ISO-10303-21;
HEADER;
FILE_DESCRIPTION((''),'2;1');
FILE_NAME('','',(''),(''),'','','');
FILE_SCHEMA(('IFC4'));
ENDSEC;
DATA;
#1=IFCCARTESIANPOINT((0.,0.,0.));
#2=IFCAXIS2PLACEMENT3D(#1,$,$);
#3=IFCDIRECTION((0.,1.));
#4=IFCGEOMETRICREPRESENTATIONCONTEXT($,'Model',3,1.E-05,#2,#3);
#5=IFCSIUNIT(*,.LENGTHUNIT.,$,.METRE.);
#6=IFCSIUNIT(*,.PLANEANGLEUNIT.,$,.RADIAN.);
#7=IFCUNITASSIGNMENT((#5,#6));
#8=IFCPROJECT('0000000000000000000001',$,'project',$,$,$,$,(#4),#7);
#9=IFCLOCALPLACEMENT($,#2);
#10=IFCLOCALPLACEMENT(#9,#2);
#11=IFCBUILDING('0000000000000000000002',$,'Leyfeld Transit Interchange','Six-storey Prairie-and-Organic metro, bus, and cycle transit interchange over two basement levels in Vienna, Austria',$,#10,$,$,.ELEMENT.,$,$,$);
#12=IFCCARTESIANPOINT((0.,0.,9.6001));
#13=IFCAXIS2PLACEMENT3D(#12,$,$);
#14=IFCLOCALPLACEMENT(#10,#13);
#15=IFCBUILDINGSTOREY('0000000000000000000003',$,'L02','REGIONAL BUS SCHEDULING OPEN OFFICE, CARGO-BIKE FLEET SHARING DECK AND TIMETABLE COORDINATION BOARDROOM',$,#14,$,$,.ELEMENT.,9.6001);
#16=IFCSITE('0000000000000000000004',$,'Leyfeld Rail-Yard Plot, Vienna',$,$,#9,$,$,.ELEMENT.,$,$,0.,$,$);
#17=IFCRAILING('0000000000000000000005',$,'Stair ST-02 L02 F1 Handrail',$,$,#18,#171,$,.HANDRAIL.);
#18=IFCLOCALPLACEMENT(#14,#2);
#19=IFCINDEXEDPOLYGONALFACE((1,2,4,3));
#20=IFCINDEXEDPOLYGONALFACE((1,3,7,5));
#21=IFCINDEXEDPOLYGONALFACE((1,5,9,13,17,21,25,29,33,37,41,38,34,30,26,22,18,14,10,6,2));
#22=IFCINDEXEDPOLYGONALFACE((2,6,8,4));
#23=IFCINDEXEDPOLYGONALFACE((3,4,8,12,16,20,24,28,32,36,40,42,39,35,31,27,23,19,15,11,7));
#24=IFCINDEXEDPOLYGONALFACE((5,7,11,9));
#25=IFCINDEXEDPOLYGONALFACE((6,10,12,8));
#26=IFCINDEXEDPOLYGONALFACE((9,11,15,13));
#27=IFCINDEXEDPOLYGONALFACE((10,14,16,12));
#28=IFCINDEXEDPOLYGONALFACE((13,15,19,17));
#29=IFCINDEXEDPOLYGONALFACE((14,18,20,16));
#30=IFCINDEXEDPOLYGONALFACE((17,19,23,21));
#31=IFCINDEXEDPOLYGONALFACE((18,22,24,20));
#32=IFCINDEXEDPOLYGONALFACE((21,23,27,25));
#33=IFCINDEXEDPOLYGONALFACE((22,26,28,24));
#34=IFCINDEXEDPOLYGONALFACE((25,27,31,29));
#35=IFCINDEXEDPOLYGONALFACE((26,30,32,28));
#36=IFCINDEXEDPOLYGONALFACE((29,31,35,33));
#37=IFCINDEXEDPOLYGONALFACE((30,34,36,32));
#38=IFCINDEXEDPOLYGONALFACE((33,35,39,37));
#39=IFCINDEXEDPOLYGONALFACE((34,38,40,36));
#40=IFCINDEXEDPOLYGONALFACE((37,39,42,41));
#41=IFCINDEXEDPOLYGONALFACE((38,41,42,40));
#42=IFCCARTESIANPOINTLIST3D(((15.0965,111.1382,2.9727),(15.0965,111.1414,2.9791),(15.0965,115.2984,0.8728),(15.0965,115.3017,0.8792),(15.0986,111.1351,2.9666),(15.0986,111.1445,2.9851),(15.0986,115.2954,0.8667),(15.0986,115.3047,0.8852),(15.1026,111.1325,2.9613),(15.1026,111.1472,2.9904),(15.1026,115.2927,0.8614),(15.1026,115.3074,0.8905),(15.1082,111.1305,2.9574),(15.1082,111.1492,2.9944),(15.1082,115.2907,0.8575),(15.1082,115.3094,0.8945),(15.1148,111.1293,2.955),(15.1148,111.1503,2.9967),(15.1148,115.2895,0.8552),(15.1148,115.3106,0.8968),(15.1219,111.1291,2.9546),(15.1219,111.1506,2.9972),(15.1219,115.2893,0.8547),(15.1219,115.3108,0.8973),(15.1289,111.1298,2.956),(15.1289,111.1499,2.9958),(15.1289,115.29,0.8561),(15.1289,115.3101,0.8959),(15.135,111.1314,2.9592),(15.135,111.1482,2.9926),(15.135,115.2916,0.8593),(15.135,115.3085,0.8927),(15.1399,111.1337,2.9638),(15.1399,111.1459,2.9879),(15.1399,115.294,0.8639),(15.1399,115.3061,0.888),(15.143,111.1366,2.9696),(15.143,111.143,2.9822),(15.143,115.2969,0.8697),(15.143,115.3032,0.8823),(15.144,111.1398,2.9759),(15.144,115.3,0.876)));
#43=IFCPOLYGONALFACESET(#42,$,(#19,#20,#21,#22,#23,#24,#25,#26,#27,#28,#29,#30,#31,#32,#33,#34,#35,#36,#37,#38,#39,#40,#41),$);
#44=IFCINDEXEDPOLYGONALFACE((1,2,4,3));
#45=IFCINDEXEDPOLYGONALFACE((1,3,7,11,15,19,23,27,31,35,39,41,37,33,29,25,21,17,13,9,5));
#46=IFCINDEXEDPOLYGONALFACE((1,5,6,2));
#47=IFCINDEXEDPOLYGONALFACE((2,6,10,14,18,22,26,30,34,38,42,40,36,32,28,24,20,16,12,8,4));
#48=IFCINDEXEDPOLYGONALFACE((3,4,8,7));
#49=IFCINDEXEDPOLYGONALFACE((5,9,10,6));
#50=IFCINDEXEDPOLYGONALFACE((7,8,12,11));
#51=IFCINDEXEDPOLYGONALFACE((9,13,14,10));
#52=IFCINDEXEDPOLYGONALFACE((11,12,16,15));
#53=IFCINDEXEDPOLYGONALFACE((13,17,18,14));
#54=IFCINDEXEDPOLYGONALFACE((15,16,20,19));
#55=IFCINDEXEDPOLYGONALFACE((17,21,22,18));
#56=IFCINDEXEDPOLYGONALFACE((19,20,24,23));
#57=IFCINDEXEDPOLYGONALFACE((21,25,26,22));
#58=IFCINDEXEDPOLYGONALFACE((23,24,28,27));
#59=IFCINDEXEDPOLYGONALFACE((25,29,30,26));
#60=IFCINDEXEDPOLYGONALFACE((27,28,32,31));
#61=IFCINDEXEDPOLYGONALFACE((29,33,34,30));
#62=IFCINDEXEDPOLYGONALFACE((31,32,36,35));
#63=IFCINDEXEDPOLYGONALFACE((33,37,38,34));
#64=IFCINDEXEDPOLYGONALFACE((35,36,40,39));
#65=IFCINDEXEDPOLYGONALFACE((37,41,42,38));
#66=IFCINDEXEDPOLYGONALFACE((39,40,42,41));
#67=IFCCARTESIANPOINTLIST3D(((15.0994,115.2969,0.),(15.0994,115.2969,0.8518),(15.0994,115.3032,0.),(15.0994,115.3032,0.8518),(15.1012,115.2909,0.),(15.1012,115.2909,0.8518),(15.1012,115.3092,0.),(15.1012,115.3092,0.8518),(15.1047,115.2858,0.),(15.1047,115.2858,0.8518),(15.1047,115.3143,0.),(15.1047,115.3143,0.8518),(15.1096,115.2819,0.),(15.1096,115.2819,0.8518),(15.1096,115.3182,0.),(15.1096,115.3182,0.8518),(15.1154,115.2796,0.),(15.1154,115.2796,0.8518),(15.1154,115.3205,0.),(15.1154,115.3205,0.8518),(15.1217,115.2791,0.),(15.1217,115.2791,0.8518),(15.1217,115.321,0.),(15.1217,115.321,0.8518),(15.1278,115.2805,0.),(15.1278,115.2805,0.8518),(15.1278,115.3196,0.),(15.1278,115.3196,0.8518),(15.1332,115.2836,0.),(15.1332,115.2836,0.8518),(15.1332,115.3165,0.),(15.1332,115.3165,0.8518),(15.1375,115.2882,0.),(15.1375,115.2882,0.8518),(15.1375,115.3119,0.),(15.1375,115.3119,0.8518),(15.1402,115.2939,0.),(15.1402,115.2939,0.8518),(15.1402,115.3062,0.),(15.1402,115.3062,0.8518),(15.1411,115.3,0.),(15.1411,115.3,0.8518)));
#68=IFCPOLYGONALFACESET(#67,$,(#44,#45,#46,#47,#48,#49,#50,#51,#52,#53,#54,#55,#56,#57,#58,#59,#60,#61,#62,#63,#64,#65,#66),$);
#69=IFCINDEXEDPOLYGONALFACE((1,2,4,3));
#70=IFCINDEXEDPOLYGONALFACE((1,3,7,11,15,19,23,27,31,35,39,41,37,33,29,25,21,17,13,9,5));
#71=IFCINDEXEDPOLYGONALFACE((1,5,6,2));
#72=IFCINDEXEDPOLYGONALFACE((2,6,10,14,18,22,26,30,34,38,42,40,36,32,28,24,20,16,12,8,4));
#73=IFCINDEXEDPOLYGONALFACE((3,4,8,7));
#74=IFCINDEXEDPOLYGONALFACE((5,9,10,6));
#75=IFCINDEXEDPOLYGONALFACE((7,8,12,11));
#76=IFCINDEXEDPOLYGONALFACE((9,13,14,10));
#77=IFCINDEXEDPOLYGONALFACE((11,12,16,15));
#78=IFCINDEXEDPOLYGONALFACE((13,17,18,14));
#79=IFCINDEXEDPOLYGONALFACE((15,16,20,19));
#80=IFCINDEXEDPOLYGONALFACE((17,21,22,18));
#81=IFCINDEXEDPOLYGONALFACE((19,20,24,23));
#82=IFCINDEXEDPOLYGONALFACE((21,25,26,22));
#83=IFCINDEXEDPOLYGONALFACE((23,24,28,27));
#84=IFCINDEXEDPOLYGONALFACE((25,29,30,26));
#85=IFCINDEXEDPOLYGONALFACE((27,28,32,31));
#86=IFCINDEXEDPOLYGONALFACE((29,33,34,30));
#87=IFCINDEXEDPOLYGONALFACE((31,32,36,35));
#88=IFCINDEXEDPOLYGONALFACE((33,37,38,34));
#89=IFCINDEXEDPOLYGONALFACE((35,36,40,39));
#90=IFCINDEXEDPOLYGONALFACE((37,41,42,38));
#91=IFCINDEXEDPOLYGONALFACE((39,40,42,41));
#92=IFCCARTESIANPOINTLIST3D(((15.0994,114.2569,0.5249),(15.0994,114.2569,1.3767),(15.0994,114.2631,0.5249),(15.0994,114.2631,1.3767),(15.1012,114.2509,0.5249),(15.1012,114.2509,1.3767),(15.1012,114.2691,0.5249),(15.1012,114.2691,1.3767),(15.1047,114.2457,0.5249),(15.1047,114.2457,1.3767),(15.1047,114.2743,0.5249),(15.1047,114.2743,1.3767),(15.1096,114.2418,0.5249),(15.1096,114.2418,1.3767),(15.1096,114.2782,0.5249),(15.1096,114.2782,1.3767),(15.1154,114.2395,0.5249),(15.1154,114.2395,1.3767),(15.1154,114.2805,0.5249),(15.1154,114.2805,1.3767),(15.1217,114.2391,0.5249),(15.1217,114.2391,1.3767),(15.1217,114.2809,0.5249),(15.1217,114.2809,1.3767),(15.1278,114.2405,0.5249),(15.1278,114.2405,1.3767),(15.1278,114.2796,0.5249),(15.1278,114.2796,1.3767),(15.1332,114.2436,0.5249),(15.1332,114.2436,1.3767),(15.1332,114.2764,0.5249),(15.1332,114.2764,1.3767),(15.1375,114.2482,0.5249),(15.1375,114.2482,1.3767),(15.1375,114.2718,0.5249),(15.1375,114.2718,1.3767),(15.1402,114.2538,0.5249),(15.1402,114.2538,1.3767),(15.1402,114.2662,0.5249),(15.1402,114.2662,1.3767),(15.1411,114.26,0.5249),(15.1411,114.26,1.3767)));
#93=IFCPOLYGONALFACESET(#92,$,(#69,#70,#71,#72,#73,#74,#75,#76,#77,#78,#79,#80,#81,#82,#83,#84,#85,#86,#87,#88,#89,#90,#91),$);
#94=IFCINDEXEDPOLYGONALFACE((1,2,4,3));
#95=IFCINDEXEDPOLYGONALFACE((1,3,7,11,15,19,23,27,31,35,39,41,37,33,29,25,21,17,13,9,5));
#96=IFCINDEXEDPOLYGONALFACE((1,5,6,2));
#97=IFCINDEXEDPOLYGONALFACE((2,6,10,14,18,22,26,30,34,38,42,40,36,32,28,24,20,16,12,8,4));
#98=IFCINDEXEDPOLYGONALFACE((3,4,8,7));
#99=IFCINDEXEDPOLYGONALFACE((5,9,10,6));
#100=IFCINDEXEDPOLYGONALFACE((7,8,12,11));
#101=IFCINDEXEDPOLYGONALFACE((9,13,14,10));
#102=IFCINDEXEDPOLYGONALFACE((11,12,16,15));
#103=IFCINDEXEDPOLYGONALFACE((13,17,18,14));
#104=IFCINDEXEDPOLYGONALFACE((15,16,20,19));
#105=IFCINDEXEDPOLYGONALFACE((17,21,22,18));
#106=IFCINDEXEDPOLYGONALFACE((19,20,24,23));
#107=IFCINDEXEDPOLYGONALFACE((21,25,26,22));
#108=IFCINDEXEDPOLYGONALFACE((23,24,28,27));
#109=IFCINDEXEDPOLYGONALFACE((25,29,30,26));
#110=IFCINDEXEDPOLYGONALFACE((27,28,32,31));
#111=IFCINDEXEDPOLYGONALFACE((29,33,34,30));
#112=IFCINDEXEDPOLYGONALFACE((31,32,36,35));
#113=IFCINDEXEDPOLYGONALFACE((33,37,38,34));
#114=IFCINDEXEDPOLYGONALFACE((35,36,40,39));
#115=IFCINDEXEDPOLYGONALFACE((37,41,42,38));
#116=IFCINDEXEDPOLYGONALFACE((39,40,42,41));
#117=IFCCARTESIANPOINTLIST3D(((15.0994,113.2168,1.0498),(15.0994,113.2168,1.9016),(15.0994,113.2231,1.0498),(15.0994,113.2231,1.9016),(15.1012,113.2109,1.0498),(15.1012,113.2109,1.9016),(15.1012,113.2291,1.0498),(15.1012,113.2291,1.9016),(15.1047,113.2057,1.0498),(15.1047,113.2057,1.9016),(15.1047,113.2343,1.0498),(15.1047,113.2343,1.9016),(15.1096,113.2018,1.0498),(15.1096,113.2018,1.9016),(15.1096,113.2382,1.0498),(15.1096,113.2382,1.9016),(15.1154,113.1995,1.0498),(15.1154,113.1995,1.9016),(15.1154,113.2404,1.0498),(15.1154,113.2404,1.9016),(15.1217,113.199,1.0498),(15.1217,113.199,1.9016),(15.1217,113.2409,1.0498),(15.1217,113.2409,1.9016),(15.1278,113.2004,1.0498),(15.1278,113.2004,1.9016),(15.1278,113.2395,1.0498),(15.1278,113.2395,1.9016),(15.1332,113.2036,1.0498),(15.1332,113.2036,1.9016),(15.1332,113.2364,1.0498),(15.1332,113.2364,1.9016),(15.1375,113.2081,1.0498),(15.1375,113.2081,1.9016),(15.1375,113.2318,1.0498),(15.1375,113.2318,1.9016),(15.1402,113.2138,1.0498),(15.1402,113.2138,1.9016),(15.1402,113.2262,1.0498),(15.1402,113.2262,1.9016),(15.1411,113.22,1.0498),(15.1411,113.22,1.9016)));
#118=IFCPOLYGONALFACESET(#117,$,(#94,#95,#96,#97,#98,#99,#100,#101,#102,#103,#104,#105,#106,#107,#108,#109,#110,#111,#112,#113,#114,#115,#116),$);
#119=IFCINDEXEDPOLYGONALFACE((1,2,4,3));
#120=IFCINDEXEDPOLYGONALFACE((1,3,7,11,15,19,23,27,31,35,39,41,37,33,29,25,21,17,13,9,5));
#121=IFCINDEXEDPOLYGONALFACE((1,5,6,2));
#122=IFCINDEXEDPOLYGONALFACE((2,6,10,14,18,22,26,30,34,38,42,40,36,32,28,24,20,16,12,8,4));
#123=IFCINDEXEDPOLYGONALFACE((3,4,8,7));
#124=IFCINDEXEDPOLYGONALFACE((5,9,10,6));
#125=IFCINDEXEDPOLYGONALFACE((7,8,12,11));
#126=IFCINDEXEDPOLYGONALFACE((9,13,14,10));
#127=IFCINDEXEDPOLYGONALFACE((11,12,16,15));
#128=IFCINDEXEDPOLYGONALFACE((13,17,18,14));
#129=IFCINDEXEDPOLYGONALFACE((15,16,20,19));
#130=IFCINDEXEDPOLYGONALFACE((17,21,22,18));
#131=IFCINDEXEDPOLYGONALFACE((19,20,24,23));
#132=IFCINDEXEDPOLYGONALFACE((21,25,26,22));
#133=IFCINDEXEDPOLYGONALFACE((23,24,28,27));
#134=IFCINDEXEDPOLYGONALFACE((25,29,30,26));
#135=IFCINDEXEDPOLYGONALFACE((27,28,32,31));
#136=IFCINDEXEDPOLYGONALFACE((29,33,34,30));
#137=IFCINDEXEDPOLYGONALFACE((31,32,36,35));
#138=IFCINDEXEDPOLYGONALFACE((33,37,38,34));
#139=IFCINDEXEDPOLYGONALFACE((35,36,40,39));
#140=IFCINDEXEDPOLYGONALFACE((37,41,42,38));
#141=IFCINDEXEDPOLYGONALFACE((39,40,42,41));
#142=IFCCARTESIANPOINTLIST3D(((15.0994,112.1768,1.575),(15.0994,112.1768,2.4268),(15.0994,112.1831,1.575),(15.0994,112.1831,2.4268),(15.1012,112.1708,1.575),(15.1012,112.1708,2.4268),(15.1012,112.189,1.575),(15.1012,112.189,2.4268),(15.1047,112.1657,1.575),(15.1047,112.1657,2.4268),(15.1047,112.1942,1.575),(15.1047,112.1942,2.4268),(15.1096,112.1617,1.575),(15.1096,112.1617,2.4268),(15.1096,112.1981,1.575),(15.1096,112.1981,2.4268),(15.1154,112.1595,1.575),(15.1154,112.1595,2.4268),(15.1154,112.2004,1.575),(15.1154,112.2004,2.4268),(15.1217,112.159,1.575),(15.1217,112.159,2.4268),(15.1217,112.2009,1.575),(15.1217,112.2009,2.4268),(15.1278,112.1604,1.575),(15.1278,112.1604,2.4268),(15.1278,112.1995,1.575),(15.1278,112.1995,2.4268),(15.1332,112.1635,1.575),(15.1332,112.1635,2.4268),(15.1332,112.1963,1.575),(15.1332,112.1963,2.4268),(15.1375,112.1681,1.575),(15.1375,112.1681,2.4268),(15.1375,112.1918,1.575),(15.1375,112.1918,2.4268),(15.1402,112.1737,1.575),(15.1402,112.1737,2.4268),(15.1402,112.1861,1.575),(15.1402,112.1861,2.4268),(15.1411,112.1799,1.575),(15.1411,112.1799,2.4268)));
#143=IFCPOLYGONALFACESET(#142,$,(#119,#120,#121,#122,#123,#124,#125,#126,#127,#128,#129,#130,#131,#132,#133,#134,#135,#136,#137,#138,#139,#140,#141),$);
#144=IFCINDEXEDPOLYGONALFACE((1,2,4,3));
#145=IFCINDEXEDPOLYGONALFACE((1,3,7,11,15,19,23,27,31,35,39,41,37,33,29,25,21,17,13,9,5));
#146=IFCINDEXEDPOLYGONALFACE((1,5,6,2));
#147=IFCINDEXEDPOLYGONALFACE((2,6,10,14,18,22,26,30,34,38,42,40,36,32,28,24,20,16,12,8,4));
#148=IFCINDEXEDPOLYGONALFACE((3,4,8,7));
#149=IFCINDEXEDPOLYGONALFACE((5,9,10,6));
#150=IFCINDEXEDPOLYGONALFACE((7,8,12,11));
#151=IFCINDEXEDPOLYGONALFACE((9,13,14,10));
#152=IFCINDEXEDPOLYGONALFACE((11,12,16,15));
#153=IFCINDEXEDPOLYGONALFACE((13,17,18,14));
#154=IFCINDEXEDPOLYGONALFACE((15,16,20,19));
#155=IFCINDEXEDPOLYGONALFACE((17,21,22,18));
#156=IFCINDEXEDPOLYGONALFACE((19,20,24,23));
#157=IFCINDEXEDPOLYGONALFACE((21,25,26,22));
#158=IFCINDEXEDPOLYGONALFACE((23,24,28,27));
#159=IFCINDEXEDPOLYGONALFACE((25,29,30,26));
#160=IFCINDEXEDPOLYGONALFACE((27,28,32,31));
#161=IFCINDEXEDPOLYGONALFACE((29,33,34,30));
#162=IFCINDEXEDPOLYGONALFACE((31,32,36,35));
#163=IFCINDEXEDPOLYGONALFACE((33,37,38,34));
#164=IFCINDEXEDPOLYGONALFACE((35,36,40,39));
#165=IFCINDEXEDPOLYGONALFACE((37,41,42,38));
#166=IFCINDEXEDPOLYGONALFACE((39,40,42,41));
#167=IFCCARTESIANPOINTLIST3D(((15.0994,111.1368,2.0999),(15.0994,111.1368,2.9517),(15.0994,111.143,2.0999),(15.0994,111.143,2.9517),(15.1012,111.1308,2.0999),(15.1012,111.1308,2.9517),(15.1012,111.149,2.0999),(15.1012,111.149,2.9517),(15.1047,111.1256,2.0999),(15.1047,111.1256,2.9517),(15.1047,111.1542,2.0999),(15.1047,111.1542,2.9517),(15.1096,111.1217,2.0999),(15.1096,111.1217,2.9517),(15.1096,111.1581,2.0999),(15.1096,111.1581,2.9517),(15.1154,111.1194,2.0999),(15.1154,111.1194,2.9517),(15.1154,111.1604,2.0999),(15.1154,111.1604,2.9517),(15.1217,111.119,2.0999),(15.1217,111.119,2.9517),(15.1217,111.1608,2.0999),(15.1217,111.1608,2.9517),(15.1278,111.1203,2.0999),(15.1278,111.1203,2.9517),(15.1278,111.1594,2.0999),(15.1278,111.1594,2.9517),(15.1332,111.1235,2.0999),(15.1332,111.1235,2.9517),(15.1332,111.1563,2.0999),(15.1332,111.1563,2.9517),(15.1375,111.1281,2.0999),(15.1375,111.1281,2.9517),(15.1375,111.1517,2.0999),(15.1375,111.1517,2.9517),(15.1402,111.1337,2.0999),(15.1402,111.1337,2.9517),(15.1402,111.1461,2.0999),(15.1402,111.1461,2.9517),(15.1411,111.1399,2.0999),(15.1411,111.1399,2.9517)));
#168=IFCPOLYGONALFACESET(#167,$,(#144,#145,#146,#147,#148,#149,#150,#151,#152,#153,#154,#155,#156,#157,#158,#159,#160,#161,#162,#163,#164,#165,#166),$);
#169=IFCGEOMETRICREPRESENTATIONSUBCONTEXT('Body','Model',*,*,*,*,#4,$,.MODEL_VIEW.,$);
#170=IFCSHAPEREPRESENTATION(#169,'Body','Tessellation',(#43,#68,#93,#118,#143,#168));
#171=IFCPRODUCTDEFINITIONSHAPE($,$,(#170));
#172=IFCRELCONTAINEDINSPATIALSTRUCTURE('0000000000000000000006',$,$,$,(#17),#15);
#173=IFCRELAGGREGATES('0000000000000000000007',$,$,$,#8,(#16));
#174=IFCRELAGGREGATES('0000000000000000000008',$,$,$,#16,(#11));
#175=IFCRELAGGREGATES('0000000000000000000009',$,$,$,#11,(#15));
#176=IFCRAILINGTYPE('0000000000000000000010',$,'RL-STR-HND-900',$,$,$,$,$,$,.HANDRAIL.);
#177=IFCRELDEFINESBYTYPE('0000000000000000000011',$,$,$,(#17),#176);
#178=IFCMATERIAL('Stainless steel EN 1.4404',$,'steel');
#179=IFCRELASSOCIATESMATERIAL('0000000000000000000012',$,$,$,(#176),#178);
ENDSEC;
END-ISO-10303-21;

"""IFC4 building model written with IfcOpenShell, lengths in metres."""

from ifc_helpers import new_model, si_unit, direction, frame, origin, origin_2d, place, context, subcontext, project, spatial, circle, extrude, material, type_object, element, save


model = new_model("IFC4")

# Units and contexts
model_context = context("Model", 3, precision=1e-05, world=origin(), true_north=direction((0.0, 1.0)))
body_context = subcontext(model_context, "Body", "Model", "MODEL_VIEW")
ifc_project = project(units=[si_unit("LENGTHUNIT", "METRE"), si_unit("PLANEANGLEUNIT", "RADIAN")], contexts=[model_context])

# Site, building, storey
site_placement = place(None, origin())
site = spatial("IfcSite", under=ifc_project, at=site_placement, Name="Leyfeld Rail-Yard Plot, Vienna", CompositionType="ELEMENT", RefElevation=0.0)
building_placement = place(site_placement, origin())
building = spatial("IfcBuilding", under=site, at=building_placement, Name="Leyfeld Transit Interchange", Description="Six-storey Prairie-and-Organic metro, bus, and cycle transit interchange over two basement levels in Vienna, Austria", CompositionType="ELEMENT")
storey_placement = place(building_placement, frame((0.0, 0.0, 9.6001)))
storey = spatial("IfcBuildingStorey", under=building, at=storey_placement, Name="L02", Description="REGIONAL BUS SCHEDULING OPEN OFFICE, CARGO-BIKE FLEET SHARING DECK AND TIMETABLE COORDINATION BOARDROOM", CompositionType="ELEMENT", Elevation=9.6001)

# Shared definitions
ifc_material_1 = material(Name="Stainless steel EN 1.4404", Category="steel")

# Railing
railing_type_1 = type_object("IfcRailingType", Name="RL-STR-HND-900", PredefinedType="HANDRAIL", material=ifc_material_1)
railing_1_placement = place(storey_placement, frame((15.1201, 115.3, 0.0)))
element("IfcRailing", 1, at=railing_1_placement, inside=storey, type_object=railing_type_1, Name="Stair ST-02 L02 F1 Handrail", PredefinedType="HANDRAIL", context=body_context, shape_type="SweptSolid", body=[
    extrude(circle(Radius=0.0239, at=origin_2d()), frame((0.0, 0.0, 0.876), z_axis=(0.0, -0.892723, 0.450605), x_axis=(1.0, 0.0, 0.0)), (0.0, 0.0, 1.0), 4.6602),
    extrude(circle(Radius=0.021, at=origin_2d()), origin(), (0.0, 0.0, 1.0), 0.8518),
    extrude(circle(Radius=0.021, at=origin_2d()), frame((0.0, -1.04, 0.5249)), (0.0, 0.0, 1.0), 0.8518),
    extrude(circle(Radius=0.021, at=origin_2d()), frame((0.0, -2.0801, 1.0498)), (0.0, 0.0, 1.0), 0.8518),
    extrude(circle(Radius=0.021, at=origin_2d()), frame((0.0, -3.1201, 1.575)), (0.0, 0.0, 1.0), 0.8518),
    extrude(circle(Radius=0.021, at=origin_2d()), frame((0.0, -4.1602, 2.0999)), (0.0, 0.0, 1.0), 0.8518),
])

save(model, "model.ifc")
